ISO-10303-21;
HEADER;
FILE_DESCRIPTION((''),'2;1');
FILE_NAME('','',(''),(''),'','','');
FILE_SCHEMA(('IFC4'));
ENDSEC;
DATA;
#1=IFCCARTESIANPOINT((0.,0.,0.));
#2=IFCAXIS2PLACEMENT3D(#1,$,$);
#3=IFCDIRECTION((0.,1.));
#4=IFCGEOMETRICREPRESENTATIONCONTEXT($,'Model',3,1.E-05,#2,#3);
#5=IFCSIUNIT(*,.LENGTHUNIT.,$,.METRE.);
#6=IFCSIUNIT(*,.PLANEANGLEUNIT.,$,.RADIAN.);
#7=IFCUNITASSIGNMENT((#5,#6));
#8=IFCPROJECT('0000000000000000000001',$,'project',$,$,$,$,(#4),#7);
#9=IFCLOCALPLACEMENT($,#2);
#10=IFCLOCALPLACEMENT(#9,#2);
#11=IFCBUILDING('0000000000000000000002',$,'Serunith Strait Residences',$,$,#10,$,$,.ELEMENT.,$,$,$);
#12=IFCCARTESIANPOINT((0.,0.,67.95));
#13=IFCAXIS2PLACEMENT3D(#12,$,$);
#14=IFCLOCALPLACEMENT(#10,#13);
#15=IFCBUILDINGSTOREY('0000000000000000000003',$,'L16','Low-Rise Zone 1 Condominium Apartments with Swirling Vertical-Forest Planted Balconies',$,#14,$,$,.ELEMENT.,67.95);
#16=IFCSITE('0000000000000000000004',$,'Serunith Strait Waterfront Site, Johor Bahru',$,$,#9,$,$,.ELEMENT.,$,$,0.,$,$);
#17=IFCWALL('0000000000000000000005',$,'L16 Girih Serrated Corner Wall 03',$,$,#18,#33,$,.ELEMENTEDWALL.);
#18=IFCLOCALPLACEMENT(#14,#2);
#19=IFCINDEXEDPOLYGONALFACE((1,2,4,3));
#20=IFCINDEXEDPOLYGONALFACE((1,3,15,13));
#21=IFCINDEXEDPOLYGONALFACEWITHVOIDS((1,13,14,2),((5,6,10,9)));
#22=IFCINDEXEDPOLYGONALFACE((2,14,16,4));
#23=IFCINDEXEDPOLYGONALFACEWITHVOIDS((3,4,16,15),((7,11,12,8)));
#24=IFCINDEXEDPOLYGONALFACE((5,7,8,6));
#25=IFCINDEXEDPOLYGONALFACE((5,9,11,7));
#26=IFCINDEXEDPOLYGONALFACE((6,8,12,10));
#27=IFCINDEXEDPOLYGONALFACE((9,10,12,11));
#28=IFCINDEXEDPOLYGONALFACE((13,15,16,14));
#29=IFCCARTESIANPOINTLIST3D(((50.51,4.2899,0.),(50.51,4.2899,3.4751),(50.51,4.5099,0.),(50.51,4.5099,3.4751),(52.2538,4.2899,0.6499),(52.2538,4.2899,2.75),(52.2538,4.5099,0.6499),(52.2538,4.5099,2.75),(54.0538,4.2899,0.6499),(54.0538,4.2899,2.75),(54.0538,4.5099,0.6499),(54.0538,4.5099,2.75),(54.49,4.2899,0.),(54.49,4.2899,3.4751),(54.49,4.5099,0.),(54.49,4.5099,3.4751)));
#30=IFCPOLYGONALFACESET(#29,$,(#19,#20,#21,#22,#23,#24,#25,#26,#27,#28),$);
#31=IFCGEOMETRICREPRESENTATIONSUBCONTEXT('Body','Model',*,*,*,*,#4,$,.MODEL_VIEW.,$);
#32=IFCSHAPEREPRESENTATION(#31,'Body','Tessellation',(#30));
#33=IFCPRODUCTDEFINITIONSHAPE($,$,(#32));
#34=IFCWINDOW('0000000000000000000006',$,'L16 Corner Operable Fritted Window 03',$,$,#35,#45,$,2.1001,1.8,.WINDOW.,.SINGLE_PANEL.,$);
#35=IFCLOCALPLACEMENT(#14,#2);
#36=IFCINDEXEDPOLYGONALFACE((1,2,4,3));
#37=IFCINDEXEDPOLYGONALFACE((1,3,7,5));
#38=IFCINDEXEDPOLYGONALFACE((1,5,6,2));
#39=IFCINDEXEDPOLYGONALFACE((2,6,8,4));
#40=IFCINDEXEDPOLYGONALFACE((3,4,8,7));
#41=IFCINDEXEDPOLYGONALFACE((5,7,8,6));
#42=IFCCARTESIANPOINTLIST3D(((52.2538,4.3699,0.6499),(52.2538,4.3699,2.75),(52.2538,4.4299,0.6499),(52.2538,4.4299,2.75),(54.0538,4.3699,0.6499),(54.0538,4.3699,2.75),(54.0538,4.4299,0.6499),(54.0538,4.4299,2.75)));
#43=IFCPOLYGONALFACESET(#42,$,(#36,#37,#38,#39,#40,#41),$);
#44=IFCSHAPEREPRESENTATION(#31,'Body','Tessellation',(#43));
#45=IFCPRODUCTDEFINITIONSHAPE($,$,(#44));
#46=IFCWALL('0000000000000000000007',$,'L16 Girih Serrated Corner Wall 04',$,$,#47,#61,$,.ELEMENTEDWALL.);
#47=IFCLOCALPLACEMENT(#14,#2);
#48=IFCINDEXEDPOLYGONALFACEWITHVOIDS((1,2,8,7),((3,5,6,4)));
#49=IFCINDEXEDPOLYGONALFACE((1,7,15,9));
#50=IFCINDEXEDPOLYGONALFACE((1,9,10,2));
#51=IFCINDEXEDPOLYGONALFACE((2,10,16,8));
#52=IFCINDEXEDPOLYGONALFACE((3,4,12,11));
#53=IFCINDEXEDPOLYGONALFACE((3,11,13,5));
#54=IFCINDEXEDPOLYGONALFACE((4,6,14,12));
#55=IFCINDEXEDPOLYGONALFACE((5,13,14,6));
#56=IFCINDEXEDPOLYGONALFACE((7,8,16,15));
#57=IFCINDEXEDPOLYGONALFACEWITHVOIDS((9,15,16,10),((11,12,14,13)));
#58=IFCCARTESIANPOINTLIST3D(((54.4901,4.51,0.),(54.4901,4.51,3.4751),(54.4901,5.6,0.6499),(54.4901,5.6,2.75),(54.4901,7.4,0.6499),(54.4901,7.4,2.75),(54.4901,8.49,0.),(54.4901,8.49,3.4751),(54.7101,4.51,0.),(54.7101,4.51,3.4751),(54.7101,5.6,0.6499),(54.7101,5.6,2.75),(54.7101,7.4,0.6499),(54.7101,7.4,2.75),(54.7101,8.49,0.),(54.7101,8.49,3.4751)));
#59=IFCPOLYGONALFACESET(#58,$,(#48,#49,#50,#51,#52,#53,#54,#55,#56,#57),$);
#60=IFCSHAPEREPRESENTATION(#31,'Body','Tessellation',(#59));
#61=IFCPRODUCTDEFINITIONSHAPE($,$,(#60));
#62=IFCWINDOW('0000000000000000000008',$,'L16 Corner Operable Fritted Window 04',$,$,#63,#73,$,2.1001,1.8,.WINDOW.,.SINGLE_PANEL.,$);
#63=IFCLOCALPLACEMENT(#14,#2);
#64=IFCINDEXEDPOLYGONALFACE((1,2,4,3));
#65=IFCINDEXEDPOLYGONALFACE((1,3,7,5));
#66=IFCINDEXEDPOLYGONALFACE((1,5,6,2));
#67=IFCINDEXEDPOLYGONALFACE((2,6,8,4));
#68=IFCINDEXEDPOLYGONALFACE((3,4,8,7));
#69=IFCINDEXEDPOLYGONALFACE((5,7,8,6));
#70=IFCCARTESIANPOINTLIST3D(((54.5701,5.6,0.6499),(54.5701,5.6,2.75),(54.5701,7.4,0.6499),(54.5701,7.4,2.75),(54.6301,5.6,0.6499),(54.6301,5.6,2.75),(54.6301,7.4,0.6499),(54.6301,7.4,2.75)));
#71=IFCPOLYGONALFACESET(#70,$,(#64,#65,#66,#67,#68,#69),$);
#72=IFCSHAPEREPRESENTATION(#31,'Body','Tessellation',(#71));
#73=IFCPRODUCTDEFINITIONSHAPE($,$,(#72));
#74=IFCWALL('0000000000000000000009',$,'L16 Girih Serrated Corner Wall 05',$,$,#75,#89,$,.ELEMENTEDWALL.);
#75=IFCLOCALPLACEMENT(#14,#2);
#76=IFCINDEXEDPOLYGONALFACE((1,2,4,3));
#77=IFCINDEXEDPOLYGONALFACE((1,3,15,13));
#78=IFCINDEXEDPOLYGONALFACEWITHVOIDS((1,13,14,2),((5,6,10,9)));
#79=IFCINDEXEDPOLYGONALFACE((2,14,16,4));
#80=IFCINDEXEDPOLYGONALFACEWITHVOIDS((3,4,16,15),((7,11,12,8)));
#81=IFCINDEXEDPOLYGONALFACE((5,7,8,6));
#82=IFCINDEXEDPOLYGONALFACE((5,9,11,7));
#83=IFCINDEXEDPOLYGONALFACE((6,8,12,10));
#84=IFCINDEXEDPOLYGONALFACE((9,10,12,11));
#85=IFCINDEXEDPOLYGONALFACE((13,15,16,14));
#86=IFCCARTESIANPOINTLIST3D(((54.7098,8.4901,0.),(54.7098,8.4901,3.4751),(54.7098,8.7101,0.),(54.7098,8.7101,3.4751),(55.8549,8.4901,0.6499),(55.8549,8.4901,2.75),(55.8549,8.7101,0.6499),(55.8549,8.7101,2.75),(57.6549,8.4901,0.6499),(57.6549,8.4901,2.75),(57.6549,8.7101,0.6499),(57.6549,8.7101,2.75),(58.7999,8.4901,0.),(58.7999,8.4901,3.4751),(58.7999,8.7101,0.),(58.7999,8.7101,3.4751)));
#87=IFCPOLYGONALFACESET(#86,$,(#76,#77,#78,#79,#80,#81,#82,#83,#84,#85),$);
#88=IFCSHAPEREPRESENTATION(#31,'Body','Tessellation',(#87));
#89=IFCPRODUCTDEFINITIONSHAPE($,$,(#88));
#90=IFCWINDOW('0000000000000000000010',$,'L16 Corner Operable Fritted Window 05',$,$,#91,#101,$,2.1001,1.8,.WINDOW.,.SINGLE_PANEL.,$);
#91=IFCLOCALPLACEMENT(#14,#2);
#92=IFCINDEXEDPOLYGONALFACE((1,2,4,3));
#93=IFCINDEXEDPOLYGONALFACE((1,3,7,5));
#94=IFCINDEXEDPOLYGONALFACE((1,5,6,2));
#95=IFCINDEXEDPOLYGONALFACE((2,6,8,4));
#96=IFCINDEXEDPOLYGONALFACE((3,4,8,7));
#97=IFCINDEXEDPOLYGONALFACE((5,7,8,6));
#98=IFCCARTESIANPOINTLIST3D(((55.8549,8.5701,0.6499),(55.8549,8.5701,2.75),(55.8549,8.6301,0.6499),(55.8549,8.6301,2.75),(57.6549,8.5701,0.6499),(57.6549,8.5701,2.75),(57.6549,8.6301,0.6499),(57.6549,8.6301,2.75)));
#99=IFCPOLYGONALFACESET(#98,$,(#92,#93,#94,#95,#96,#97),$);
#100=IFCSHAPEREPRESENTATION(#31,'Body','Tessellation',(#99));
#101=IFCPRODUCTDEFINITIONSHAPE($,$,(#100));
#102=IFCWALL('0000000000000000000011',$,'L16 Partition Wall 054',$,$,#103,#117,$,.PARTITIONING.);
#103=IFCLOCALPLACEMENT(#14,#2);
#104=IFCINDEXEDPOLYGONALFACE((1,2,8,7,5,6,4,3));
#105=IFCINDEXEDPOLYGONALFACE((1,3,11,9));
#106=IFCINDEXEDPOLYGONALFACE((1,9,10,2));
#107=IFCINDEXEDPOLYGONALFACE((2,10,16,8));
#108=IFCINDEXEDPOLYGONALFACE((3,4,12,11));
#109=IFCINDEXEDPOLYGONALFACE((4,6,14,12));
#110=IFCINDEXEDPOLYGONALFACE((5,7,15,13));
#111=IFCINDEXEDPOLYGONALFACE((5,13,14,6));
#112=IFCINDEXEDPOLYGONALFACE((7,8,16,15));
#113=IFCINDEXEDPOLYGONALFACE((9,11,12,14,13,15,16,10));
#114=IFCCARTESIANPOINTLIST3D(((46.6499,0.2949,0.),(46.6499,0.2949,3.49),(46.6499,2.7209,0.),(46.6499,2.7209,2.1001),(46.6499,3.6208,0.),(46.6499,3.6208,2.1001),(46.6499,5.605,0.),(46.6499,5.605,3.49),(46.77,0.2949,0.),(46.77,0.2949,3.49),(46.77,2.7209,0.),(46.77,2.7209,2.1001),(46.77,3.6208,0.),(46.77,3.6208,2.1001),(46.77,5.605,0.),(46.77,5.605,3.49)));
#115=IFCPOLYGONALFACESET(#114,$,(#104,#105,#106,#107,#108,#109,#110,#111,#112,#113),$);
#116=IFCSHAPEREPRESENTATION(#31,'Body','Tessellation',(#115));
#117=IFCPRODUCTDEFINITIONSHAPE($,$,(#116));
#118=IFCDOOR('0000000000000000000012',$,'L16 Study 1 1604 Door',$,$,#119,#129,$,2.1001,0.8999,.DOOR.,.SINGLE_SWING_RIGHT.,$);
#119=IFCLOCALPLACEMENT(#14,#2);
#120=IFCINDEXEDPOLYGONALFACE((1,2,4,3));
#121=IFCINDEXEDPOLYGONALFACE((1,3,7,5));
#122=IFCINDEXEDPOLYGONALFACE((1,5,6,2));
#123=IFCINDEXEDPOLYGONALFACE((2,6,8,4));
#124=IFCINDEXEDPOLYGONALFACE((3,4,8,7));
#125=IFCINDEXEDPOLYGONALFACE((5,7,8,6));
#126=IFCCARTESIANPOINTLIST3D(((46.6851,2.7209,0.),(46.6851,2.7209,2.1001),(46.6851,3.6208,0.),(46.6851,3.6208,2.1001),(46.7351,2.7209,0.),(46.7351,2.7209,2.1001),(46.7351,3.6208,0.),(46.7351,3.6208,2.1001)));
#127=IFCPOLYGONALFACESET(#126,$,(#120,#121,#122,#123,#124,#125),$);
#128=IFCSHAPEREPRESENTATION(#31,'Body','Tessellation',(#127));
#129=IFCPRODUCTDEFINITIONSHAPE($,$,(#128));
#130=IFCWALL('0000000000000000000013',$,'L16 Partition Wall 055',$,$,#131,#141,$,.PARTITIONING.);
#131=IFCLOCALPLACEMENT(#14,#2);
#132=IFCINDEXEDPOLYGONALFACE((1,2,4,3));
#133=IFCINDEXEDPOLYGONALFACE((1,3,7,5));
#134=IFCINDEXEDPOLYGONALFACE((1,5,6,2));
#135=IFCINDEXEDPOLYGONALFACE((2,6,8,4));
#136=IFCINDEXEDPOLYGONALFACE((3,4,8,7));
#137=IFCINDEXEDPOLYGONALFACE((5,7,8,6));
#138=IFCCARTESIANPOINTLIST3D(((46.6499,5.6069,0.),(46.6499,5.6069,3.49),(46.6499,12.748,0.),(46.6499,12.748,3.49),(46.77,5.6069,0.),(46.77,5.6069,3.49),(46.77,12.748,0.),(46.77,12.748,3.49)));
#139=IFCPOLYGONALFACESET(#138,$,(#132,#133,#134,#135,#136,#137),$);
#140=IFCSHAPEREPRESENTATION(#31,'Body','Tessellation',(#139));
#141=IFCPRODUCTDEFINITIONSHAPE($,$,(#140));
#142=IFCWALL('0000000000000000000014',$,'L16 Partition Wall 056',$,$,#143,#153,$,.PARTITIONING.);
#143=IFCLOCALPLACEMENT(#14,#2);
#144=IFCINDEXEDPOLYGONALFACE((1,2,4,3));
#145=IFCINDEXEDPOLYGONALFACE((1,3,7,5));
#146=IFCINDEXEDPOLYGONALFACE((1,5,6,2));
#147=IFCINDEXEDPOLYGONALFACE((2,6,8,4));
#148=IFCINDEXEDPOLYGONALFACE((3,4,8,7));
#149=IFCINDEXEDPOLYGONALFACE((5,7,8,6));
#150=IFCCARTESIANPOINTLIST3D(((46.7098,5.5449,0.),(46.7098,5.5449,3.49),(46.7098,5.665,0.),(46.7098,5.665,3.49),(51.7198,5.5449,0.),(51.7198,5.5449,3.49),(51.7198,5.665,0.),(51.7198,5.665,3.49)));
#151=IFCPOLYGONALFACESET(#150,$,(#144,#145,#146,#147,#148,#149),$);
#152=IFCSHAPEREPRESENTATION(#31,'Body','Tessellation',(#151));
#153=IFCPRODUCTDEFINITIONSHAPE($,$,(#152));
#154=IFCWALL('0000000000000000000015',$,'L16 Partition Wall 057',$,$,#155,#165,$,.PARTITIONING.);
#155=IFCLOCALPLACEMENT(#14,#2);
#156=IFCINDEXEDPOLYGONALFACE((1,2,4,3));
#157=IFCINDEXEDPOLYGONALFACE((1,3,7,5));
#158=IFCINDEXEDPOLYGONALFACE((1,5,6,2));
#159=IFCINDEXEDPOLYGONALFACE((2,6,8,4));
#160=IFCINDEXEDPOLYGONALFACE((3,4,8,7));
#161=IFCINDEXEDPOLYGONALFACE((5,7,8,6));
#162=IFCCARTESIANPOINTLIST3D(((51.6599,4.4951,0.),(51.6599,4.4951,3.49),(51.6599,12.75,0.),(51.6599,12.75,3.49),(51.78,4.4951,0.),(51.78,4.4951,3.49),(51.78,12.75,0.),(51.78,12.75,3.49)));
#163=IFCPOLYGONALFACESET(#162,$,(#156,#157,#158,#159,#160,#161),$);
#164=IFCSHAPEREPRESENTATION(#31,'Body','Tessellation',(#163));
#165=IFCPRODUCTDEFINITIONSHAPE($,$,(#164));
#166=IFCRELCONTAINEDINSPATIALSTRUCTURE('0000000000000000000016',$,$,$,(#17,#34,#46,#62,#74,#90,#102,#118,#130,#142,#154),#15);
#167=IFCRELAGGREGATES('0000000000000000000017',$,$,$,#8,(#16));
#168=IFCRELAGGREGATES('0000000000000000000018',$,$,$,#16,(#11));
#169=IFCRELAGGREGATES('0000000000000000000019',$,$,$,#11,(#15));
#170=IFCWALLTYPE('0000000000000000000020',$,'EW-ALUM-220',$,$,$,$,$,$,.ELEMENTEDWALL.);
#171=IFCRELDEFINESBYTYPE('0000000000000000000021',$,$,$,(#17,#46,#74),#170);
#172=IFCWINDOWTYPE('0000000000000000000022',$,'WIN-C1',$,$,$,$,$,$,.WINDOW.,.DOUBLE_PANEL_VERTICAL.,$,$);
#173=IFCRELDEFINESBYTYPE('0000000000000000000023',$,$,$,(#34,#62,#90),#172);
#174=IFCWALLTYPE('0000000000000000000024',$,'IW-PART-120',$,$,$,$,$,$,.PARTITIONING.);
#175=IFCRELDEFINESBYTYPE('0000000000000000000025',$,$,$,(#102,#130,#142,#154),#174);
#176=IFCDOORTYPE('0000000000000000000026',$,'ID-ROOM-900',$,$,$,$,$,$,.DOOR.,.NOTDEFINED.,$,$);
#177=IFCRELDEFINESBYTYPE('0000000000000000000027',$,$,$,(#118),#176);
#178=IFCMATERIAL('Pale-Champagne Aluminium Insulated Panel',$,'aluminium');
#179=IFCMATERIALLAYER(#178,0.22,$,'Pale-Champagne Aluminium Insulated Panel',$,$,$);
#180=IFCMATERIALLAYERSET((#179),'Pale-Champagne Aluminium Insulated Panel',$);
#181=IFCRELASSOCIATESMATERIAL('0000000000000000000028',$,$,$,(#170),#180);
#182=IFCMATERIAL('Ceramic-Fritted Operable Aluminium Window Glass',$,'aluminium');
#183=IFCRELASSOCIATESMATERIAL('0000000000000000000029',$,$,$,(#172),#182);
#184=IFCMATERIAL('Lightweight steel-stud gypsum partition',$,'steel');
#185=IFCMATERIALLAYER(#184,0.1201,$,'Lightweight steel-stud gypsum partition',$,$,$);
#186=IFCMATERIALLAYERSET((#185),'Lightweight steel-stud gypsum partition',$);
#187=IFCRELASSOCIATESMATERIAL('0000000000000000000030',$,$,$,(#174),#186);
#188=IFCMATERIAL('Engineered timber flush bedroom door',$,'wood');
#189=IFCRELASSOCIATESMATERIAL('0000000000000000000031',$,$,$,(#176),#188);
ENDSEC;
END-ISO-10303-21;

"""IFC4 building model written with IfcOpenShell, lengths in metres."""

from ifc_helpers import new_model, si_unit, direction, frame, frame_2d, origin, place, context, subcontext, project, spatial, rectangle, extrude, source, transform, mapped, material, layer, layer_set, type_object, element, fill, save


model = new_model("IFC4")

# Units and contexts
model_context = context("Model", 3, precision=1e-05, world=origin(), true_north=direction((0.0, 1.0)))
body_context = subcontext(model_context, "Body", "Model", "MODEL_VIEW")
ifc_project = project(units=[si_unit("LENGTHUNIT", "METRE"), si_unit("PLANEANGLEUNIT", "RADIAN")], contexts=[model_context])

# Site, building, storey
site_placement = place(None, origin())
site = spatial("IfcSite", under=ifc_project, at=site_placement, Name="Serunith Strait Waterfront Site, Johor Bahru", CompositionType="ELEMENT", RefElevation=0.0)
building_placement = place(site_placement, origin())
building = spatial("IfcBuilding", under=site, at=building_placement, Name="Serunith Strait Residences", CompositionType="ELEMENT")
storey_placement = place(building_placement, frame((0.0, 0.0, 67.95)))
storey = spatial("IfcBuildingStorey", under=building, at=storey_placement, Name="L16", Description="Low-Rise Zone 1 Condominium Apartments with Swirling Vertical-Forest Planted Balconies", CompositionType="ELEMENT", Elevation=67.95)

# Walls, openings, windows
ifc_material_1 = material(Name="Pale-Champagne Aluminium Insulated Panel", Category="aluminium")
ifc_layer_1 = layer(ifc_material_1, 0.22, Name="Pale-Champagne Aluminium Insulated Panel")
ifc_layer_set_1 = layer_set([ifc_layer_1], Name="Pale-Champagne Aluminium Insulated Panel")
wall_type_1 = type_object("IfcWallType", Name="EW-ALUM-220", PredefinedType="ELEMENTEDWALL", material=ifc_layer_set_1)
ifc_material_2 = material(Name="Ceramic-Fritted Operable Aluminium Window Glass", Category="aluminium")
window_type = type_object("IfcWindowType", Name="WIN-C1", PartitioningType="DOUBLE_PANEL_VERTICAL", PredefinedType="WINDOW", material=ifc_material_2)
shared_shape_1 = source(origin(), body_context, "Body", "SweptSolid", [
    extrude(rectangle(XDim=1.8, YDim=2.1001, at=frame_2d((0.8999, 1.05))), frame((0.0, 0.03, 0.0), z_axis=(0.0, -1.0, 0.0), x_axis=(1.0, 0.0, 0.0)), (0.0, 0.0, 1.0), 0.0601),
])
wall_1_placement = place(storey_placement, frame((50.51, 4.3999, 0.0), z_axis=(0.0, 0.0, 1.0), x_axis=(1.0, 0.0, 0.0)))
wall_1 = element("IfcWall", 1, at=wall_1_placement, inside=storey, type_object=wall_type_1, Name="L16 Girih Serrated Corner Wall 03", PredefinedType="ELEMENTEDWALL", context=body_context, shape_type="SweptSolid", body=[
    extrude(rectangle(XDim=3.98, YDim=0.22, at=frame_2d((1.99, 0.0))), origin(), (0.0, 0.0, 1.0), 3.4751),
])
opening_1_placement = place(wall_1_placement, frame((1.7439, 0.0, 0.6499)))
opening_1 = element("IfcOpeningElement", 2, at=opening_1_placement, cuts=wall_1, PredefinedType="OPENING", context=body_context, shape_type="SweptSolid", body=[
    extrude(rectangle(XDim=1.8, YDim=2.1001, at=frame_2d((0.8999, 1.05))), frame((0.0, 0.1201, 0.0), z_axis=(0.0, -1.0, 0.0), x_axis=(1.0, 0.0, 0.0)), (0.0, 0.0, 1.0), 0.24),
])
window_1_placement = place(opening_1_placement, origin())
window_1 = element("IfcWindow", 3, at=window_1_placement, inside=storey, type_object=window_type, Name="L16 Corner Operable Fritted Window 03", OverallHeight=2.1001, OverallWidth=1.8, PartitioningType="SINGLE_PANEL", PredefinedType="WINDOW", context=body_context, shape_type="MappedRepresentation", body=[
    mapped(shared_shape_1, transform((0.0, 0.0, 0.0), scale=1.0)),
])
fill(opening_1, window_1)
wall_2_placement = place(storey_placement, frame((54.6001, 4.51, 0.0), z_axis=(0.0, 0.0, 1.0), x_axis=(0.0, 1.0, 0.0)))
wall_2 = element("IfcWall", 4, at=wall_2_placement, inside=storey, type_object=wall_type_1, Name="L16 Girih Serrated Corner Wall 04", PredefinedType="ELEMENTEDWALL", context=body_context, shape_type="SweptSolid", body=[
    extrude(rectangle(XDim=3.98, YDim=0.22, at=frame_2d((1.99, 0.0))), origin(), (0.0, 0.0, 1.0), 3.4751),
])
opening_2_placement = place(wall_2_placement, frame((1.0901, 0.0, 0.6499)))
opening_2 = element("IfcOpeningElement", 5, at=opening_2_placement, cuts=wall_2, PredefinedType="OPENING", context=body_context, shape_type="SweptSolid", body=[
    extrude(rectangle(XDim=1.8, YDim=2.1001, at=frame_2d((0.8999, 1.05))), frame((0.0, 0.1201, 0.0), z_axis=(0.0, -1.0, 0.0), x_axis=(1.0, 0.0, 0.0)), (0.0, 0.0, 1.0), 0.24),
])
window_2_placement = place(opening_2_placement, origin())
window_2 = element("IfcWindow", 6, at=window_2_placement, inside=storey, type_object=window_type, Name="L16 Corner Operable Fritted Window 04", OverallHeight=2.1001, OverallWidth=1.8, PartitioningType="SINGLE_PANEL", PredefinedType="WINDOW", context=body_context, shape_type="MappedRepresentation", body=[
    mapped(shared_shape_1, transform((0.0, 0.0, 0.0), scale=1.0)),
])
fill(opening_2, window_2)
wall_3_placement = place(storey_placement, frame((54.71, 8.6001, 0.0), z_axis=(0.0, 0.0, 1.0), x_axis=(1.0, 0.0, 0.0)))
wall_3 = element("IfcWall", 7, at=wall_3_placement, inside=storey, type_object=wall_type_1, Name="L16 Girih Serrated Corner Wall 05", PredefinedType="ELEMENTEDWALL", context=body_context, shape_type="SweptSolid", body=[
    extrude(rectangle(XDim=4.0901, YDim=0.22, at=frame_2d((2.0449, 0.0))), origin(), (0.0, 0.0, 1.0), 3.4751),
])
opening_3_placement = place(wall_3_placement, frame((1.145, 0.0, 0.6499)))
opening_3 = element("IfcOpeningElement", 8, at=opening_3_placement, cuts=wall_3, PredefinedType="OPENING", context=body_context, shape_type="SweptSolid", body=[
    extrude(rectangle(XDim=1.8, YDim=2.1001, at=frame_2d((0.8999, 1.05))), frame((0.0, 0.1201, 0.0), z_axis=(0.0, -1.0, 0.0), x_axis=(1.0, 0.0, 0.0)), (0.0, 0.0, 1.0), 0.24),
])
window_3_placement = place(opening_3_placement, origin())
window_3 = element("IfcWindow", 9, at=window_3_placement, inside=storey, type_object=window_type, Name="L16 Corner Operable Fritted Window 05", OverallHeight=2.1001, OverallWidth=1.8, PartitioningType="SINGLE_PANEL", PredefinedType="WINDOW", context=body_context, shape_type="MappedRepresentation", body=[
    mapped(shared_shape_1, transform((0.0, 0.0, 0.0), scale=1.0)),
])
fill(opening_3, window_3)

# Wall, opening, door
ifc_material_3 = material(Name="Lightweight steel-stud gypsum partition", Category="steel")
ifc_layer_2 = layer(ifc_material_3, 0.1201, Name="Lightweight steel-stud gypsum partition")
ifc_layer_set_2 = layer_set([ifc_layer_2], Name="Lightweight steel-stud gypsum partition")
wall_type_2 = type_object("IfcWallType", Name="IW-PART-120", PredefinedType="PARTITIONING", material=ifc_layer_set_2)
wall_4_placement = place(storey_placement, frame((46.71, 0.2949, 0.0), z_axis=(0.0, 0.0, 1.0), x_axis=(0.0, 1.0, 0.0)))
wall_4 = element("IfcWall", 10, at=wall_4_placement, inside=storey, type_object=wall_type_2, Name="L16 Partition Wall 054", PredefinedType="PARTITIONING", context=body_context, shape_type="SweptSolid", body=[
    extrude(rectangle(XDim=5.3101, YDim=0.1201, at=frame_2d((2.655, 0.0))), origin(), (0.0, 0.0, 1.0), 3.49),
])
opening_4_placement = place(wall_4_placement, frame((2.426, 0.0, 0.0)))
opening_4 = element("IfcOpeningElement", 11, at=opening_4_placement, cuts=wall_4, PredefinedType="OPENING", context=body_context, shape_type="SweptSolid", body=[
    extrude(rectangle(XDim=0.8999, YDim=2.1001, at=frame_2d((0.45, 1.05))), frame((0.0, 0.0701, 0.0), z_axis=(0.0, -1.0, 0.0), x_axis=(1.0, 0.0, 0.0)), (0.0, 0.0, 1.0), 0.1401),
])
ifc_material_4 = material(Name="Engineered timber flush bedroom door", Category="wood")
door_type = type_object("IfcDoorType", Name="ID-ROOM-900", OperationType="NOTDEFINED", PredefinedType="DOOR", material=ifc_material_4)
shared_shape_2 = source(origin(), body_context, "Body", "SweptSolid", [
    extrude(rectangle(XDim=0.8999, YDim=2.1001, at=frame_2d((0.45, 1.05))), frame((0.0, 0.0249, 0.0), z_axis=(0.0, -1.0, 0.0), x_axis=(1.0, 0.0, 0.0)), (0.0, 0.0, 1.0), 0.05),
])
door_placement = place(opening_4_placement, origin())
door = element("IfcDoor", 12, at=door_placement, inside=storey, type_object=door_type, Name="L16 Study 1 1604 Door", OperationType="SINGLE_SWING_RIGHT", OverallHeight=2.1001, OverallWidth=0.8999, PredefinedType="DOOR", context=body_context, shape_type="MappedRepresentation", body=[
    mapped(shared_shape_2, transform((0.0, 0.0, 0.0), scale=1.0)),
])
fill(opening_4, door)

# Walls
wall_5_placement = place(storey_placement, frame((46.71, 5.6069, 0.0), z_axis=(0.0, 0.0, 1.0), x_axis=(0.0, 1.0, 0.0)))
element("IfcWall", 13, at=wall_5_placement, inside=storey, type_object=wall_type_2, Name="L16 Partition Wall 055", PredefinedType="PARTITIONING", context=body_context, shape_type="SweptSolid", body=[
    extrude(rectangle(XDim=7.1411, YDim=0.1201, at=frame_2d((3.5706, 0.0))), origin(), (0.0, 0.0, 1.0), 3.49),
])
wall_6_placement = place(storey_placement, frame((46.71, 5.605, 0.0), z_axis=(0.0, 0.0, 1.0), x_axis=(1.0, 0.0, 0.0)))
element("IfcWall", 14, at=wall_6_placement, inside=storey, type_object=wall_type_2, Name="L16 Partition Wall 056", PredefinedType="PARTITIONING", context=body_context, shape_type="SweptSolid", body=[
    extrude(rectangle(XDim=5.01, YDim=0.1201, at=frame_2d((2.5049, 0.0))), origin(), (0.0, 0.0, 1.0), 3.49),
])
wall_7_placement = place(storey_placement, frame((51.72, 4.4951, 0.0), z_axis=(0.0, 0.0, 1.0), x_axis=(0.0, 1.0, 0.0)))
element("IfcWall", 15, at=wall_7_placement, inside=storey, type_object=wall_type_2, Name="L16 Partition Wall 057", PredefinedType="PARTITIONING", context=body_context, shape_type="SweptSolid", body=[
    extrude(rectangle(XDim=8.2549, YDim=0.1201, at=frame_2d((4.1274, 0.0))), origin(), (0.0, 0.0, 1.0), 3.49),
])

save(model, "model.ifc")
